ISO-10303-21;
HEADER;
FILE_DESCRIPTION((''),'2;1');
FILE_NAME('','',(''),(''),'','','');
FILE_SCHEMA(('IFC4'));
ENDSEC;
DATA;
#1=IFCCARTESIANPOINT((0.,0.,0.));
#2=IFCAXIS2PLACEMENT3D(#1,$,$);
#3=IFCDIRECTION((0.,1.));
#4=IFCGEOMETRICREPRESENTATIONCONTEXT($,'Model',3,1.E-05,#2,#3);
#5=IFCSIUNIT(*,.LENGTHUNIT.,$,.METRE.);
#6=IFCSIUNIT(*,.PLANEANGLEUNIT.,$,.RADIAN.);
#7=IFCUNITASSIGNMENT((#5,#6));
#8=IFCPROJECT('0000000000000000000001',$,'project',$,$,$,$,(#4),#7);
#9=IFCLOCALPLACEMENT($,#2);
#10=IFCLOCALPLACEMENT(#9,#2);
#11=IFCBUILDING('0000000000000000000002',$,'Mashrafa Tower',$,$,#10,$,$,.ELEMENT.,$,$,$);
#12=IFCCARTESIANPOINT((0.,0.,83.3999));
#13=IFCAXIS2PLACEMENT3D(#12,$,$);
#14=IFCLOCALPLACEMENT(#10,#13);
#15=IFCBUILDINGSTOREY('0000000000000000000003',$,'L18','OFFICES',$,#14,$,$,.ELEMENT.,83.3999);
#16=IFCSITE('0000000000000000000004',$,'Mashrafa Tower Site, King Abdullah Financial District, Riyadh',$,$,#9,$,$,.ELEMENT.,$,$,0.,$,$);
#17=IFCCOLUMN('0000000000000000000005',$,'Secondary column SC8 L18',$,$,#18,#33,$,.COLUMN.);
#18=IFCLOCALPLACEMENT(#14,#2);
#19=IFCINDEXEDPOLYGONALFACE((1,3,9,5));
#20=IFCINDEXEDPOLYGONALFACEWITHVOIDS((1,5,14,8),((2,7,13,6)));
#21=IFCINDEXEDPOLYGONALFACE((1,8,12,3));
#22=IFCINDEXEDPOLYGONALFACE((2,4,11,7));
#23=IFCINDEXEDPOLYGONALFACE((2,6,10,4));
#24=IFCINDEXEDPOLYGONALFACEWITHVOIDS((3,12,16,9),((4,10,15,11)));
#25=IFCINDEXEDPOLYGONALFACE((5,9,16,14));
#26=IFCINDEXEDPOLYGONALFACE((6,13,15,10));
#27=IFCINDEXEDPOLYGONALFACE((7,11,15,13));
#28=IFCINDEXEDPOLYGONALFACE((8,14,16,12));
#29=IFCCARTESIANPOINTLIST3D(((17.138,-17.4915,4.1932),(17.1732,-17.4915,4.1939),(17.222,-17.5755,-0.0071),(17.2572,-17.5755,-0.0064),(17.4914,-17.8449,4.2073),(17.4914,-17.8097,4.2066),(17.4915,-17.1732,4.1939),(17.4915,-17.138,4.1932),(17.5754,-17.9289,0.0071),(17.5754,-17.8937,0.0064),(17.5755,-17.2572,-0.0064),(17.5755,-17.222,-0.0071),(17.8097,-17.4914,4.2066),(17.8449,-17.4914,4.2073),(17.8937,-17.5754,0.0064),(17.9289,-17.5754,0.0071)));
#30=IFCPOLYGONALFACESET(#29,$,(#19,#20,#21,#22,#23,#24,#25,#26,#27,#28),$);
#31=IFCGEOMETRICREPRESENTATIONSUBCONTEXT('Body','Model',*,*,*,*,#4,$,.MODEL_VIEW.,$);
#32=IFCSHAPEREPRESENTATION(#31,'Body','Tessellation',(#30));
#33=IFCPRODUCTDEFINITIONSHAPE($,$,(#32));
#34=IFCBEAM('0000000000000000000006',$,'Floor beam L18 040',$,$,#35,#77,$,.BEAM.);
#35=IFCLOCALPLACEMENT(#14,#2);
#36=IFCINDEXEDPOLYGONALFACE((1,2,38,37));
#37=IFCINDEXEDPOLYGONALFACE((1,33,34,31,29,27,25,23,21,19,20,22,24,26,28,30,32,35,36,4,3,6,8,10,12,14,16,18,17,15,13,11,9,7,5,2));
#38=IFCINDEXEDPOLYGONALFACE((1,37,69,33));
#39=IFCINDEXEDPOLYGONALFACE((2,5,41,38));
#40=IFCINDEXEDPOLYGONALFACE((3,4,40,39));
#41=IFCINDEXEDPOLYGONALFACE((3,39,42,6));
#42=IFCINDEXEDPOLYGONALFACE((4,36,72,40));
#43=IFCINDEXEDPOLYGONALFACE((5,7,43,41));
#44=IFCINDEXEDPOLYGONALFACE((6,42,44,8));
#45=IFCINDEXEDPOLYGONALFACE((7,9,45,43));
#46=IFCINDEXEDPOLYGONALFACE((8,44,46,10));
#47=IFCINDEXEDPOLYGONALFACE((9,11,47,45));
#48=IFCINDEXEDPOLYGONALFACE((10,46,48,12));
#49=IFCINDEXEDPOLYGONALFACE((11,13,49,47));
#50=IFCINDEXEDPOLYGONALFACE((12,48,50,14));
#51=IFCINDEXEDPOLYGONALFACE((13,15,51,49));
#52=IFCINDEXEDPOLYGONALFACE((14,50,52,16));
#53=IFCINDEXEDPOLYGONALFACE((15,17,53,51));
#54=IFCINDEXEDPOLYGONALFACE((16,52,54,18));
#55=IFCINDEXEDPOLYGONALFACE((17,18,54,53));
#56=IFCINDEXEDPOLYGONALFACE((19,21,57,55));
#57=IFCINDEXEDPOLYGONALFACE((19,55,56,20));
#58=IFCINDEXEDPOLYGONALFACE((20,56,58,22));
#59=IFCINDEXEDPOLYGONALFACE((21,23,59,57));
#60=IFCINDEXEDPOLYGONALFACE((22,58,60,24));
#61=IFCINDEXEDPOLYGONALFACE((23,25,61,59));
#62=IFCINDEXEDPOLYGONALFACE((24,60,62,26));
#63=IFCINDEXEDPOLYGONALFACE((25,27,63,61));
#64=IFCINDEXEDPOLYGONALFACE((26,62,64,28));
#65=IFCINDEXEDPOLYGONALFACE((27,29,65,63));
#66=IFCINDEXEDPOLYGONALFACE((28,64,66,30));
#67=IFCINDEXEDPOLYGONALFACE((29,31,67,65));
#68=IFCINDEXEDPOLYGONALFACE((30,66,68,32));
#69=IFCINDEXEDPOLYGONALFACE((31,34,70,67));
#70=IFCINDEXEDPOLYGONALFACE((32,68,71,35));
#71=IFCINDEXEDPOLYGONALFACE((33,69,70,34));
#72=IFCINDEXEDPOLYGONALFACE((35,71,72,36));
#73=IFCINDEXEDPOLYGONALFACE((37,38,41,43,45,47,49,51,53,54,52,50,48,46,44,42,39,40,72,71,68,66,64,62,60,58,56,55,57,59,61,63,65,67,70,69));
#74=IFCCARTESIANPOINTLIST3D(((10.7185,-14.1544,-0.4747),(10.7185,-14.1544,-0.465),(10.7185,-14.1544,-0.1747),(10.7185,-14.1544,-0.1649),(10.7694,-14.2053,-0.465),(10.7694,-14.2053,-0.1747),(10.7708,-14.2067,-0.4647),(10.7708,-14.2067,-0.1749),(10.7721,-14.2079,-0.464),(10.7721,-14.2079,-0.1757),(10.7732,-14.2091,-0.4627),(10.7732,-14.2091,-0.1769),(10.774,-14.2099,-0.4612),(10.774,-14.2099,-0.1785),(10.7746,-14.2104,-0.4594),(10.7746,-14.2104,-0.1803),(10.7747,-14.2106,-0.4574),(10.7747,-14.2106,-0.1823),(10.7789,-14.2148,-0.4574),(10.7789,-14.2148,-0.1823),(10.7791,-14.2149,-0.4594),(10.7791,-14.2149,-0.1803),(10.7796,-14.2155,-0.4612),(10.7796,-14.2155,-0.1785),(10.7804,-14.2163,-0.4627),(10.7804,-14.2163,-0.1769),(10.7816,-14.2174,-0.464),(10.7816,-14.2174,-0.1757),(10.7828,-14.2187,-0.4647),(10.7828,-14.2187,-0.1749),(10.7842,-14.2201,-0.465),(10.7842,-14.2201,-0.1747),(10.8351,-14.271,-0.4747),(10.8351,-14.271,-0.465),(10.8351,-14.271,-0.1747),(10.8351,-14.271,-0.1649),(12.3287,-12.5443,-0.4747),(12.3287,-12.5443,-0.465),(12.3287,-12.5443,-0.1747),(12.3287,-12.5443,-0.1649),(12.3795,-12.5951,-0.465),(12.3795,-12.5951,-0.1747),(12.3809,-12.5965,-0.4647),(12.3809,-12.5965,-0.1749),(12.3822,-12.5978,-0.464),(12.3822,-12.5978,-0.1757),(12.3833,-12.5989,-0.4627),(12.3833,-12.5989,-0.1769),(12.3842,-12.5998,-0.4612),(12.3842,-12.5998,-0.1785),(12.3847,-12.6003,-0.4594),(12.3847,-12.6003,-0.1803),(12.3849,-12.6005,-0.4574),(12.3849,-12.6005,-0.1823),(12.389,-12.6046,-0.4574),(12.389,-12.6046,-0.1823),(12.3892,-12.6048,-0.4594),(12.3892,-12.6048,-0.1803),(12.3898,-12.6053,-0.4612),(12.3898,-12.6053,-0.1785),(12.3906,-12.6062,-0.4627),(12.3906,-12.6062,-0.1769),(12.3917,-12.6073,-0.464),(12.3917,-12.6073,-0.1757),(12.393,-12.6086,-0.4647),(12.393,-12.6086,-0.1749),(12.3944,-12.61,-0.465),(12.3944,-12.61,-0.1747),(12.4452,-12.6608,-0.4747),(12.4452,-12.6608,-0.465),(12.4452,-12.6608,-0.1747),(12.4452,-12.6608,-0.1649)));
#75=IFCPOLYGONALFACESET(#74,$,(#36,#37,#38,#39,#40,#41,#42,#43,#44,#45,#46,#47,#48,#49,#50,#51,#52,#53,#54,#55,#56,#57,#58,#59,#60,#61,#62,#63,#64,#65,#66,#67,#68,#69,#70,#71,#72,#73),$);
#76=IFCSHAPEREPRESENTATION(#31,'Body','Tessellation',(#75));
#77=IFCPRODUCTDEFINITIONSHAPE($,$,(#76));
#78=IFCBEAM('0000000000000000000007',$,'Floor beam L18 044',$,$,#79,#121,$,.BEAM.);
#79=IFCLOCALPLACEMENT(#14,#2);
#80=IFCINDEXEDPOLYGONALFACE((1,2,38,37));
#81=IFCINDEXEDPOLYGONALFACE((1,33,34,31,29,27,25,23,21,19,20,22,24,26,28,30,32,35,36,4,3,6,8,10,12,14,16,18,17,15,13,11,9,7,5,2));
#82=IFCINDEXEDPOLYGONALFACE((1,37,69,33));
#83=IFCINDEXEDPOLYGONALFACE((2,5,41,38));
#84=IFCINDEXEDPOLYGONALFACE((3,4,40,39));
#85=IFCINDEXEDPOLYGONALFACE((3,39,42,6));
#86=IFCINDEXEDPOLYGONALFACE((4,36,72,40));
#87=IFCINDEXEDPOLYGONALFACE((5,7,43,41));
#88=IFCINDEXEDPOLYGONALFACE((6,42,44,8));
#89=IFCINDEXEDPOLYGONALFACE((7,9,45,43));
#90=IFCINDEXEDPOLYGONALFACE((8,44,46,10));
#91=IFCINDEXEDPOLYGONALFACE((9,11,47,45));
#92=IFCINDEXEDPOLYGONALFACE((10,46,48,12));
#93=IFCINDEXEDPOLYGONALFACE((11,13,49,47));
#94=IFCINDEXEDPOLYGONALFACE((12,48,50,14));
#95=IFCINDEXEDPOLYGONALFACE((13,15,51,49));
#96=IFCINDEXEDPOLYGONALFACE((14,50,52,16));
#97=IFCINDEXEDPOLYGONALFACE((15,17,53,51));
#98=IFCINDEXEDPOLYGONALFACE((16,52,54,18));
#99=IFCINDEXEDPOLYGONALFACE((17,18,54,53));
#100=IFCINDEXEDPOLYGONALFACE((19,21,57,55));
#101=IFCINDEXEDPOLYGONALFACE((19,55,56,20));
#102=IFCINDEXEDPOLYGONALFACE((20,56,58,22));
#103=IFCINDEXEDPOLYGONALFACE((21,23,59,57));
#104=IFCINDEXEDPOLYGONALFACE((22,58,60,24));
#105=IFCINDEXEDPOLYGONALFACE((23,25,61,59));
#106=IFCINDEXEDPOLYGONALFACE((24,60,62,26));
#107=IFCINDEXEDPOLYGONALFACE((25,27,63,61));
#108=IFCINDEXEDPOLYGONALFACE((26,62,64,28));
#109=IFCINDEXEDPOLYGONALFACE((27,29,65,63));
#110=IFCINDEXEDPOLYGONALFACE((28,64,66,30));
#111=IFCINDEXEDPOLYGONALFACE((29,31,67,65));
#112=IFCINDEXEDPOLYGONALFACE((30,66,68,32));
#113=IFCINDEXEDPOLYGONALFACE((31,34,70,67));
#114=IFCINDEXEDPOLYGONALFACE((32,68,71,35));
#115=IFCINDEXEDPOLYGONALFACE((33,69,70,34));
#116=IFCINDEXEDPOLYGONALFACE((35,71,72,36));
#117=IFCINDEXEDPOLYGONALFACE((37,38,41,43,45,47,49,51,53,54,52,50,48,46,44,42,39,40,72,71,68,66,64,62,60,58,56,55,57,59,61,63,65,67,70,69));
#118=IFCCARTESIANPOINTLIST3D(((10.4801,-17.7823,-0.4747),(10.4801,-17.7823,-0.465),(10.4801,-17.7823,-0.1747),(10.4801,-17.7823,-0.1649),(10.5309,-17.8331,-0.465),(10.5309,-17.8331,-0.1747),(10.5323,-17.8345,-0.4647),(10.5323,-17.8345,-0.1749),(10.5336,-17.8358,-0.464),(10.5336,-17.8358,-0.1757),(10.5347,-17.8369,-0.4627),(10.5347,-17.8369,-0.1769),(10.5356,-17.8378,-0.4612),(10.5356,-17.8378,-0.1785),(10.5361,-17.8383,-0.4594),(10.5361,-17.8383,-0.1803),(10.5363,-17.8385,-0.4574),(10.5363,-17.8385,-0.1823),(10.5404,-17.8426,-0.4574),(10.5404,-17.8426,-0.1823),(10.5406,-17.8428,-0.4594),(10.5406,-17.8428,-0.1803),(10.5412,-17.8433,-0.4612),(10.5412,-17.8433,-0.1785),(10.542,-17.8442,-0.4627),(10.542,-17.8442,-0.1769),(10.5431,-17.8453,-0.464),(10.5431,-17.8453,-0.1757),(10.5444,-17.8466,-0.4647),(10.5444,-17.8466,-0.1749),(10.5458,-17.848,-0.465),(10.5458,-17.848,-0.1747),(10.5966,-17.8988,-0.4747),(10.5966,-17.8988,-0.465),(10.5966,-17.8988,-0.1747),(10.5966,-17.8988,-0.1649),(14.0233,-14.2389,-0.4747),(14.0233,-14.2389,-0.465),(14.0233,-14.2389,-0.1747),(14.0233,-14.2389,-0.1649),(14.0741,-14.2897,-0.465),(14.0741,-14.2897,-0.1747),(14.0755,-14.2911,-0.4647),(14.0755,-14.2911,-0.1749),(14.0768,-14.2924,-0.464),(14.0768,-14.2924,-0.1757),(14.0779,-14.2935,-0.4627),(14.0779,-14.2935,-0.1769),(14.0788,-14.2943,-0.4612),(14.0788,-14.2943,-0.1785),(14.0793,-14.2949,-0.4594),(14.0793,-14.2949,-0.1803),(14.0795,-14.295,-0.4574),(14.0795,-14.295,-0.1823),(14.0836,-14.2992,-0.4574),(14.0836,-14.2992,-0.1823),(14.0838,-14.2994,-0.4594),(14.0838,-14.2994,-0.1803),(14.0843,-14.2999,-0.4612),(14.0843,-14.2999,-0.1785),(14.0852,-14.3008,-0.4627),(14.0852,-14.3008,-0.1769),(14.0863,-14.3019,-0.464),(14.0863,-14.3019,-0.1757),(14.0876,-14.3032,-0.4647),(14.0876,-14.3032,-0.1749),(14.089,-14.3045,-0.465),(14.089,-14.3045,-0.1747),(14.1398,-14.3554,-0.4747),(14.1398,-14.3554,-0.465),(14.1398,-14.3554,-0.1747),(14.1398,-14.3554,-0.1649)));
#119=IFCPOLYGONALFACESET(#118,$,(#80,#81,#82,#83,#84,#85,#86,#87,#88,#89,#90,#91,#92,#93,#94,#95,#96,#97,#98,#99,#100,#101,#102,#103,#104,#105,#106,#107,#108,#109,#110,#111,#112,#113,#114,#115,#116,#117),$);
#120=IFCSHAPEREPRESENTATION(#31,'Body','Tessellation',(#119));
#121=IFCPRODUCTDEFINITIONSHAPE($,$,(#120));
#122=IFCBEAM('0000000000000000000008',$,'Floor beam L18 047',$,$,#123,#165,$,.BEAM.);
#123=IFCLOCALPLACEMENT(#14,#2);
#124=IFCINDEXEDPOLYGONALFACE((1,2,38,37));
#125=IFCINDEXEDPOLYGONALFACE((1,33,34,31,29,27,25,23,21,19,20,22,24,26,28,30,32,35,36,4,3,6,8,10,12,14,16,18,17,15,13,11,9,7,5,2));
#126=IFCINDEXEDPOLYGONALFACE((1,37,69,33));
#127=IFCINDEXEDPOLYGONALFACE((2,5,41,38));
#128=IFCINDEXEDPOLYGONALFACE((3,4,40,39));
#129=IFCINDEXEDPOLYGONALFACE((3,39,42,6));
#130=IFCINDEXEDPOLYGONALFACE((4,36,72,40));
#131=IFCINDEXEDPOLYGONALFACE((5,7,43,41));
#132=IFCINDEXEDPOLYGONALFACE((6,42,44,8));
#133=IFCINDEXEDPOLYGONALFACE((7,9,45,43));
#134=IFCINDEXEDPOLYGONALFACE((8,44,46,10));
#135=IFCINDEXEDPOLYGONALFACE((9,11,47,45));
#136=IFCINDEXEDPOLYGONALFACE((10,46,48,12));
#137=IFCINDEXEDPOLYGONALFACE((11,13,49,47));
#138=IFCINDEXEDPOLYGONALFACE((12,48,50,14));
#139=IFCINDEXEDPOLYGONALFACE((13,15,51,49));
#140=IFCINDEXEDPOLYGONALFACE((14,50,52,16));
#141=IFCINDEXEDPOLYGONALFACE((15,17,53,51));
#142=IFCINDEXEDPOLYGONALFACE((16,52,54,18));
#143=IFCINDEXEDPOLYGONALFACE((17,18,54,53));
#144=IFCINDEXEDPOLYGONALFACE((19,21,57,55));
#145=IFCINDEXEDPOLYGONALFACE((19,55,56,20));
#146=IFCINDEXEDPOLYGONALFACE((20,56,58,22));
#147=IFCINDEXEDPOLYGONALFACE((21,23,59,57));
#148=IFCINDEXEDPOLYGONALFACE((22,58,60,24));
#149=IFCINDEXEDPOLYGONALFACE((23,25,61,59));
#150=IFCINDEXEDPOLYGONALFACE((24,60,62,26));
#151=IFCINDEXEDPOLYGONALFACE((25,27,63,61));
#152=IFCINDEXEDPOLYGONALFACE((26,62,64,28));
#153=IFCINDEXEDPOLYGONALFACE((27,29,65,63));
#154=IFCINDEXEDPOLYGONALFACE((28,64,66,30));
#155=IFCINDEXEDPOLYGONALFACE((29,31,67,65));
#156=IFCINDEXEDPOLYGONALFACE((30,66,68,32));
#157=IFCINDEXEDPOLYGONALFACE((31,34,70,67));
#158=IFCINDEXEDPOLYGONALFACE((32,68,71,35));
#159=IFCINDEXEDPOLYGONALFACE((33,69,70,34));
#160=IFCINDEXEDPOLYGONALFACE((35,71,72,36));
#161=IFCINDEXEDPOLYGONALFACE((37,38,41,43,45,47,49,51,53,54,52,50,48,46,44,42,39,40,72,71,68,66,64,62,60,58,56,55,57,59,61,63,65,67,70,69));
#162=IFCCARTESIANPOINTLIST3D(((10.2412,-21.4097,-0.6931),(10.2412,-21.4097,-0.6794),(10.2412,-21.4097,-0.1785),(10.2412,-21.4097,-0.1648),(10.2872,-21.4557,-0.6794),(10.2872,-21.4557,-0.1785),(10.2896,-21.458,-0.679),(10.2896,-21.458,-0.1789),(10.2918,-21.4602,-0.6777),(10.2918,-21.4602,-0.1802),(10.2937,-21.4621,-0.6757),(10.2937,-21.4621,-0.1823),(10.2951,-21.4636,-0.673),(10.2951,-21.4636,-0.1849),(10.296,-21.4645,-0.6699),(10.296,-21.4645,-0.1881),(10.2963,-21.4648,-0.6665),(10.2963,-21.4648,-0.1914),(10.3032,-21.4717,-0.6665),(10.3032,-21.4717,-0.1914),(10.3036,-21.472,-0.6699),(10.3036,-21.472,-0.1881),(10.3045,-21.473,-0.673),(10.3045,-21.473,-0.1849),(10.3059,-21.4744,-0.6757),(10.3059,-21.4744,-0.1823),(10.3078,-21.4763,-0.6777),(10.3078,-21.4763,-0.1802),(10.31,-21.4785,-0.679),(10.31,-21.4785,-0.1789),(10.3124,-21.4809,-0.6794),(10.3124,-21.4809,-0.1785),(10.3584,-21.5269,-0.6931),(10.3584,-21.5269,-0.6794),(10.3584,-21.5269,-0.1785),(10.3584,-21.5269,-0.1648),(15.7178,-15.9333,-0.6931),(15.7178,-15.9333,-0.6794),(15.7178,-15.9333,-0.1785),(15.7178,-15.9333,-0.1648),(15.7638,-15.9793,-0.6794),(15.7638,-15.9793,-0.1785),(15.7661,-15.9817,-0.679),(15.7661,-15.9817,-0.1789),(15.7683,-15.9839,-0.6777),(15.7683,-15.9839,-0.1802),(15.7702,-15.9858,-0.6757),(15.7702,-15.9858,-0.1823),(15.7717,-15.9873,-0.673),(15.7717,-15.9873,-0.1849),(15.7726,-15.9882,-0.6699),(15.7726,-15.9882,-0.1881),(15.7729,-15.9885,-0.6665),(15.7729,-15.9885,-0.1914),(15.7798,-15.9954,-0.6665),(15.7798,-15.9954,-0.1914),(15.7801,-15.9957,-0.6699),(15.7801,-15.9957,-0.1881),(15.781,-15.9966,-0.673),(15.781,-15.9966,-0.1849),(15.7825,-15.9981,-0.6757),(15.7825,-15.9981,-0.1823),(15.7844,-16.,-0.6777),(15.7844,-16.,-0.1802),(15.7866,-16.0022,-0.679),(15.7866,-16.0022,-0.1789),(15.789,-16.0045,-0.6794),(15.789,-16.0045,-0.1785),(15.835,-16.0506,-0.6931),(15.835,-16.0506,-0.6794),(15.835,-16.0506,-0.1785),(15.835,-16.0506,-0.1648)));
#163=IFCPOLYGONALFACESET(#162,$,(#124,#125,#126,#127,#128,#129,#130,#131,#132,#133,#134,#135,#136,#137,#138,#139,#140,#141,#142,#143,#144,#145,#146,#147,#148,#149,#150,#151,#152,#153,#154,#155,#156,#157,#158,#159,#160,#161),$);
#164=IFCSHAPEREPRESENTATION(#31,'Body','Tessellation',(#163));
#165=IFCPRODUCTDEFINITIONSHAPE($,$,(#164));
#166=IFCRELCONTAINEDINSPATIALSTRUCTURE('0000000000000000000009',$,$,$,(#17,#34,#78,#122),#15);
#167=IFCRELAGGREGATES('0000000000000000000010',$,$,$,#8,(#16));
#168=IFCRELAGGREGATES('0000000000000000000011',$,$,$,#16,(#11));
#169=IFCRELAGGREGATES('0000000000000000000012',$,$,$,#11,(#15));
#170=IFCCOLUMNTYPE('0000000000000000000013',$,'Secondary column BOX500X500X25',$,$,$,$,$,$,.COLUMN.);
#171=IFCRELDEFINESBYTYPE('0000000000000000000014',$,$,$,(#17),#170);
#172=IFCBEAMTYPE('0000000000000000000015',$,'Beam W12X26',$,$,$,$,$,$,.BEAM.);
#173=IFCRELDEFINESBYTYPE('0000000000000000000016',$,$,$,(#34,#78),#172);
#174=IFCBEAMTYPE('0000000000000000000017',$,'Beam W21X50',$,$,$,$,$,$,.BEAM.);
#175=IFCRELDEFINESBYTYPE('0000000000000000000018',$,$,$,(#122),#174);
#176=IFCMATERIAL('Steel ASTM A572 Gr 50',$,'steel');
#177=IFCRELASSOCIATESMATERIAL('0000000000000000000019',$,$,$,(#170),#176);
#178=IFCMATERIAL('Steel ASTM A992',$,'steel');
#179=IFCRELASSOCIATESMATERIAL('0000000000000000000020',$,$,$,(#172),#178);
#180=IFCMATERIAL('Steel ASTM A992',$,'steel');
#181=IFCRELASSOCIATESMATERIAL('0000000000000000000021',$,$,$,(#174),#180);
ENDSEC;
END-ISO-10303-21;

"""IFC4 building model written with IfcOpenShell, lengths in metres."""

from ifc_helpers import new_model, si_unit, direction, frame, origin, origin_2d, place, context, subcontext, project, spatial, hollow_rectangle, i_section, extrude, material, material_profile, profile_set, type_object, element, save


model = new_model("IFC4")

# Units and contexts
model_context = context("Model", 3, precision=1e-05, world=origin(), true_north=direction((0.0, 1.0)))
body_context = subcontext(model_context, "Body", "Model", "MODEL_VIEW")
ifc_project = project(units=[si_unit("LENGTHUNIT", "METRE"), si_unit("PLANEANGLEUNIT", "RADIAN")], contexts=[model_context])

# Site, building, storey
site_placement = place(None, origin())
site = spatial("IfcSite", under=ifc_project, at=site_placement, Name="Mashrafa Tower Site, King Abdullah Financial District, Riyadh", CompositionType="ELEMENT", RefElevation=0.0)
building_placement = place(site_placement, origin())
building = spatial("IfcBuilding", under=site, at=building_placement, Name="Mashrafa Tower", CompositionType="ELEMENT")
storey_placement = place(building_placement, frame((0.0, 0.0, 83.3999)))
storey = spatial("IfcBuildingStorey", under=building, at=storey_placement, Name="L18", Description="OFFICES", CompositionType="ELEMENT", Elevation=83.3999)

# Column
ifc_material_1 = material(Name="Steel ASTM A572 Gr 50", Category="steel")
ifc_material_profile_1 = material_profile(ifc_material_1, hollow_rectangle(XDim=0.5, YDim=0.5, WallThickness=0.0249, at=origin_2d()), Name="BOX500X500X25")
ifc_profile_set_1 = profile_set([ifc_material_profile_1], Name="Steel ASTM A572 Gr 50")
column_type = type_object("IfcColumnType", Name="Secondary column BOX500X500X25", PredefinedType="COLUMN", material=ifc_profile_set_1)
column_placement = place(storey_placement, frame((17.5754, -17.5754, 0.0), z_axis=(-0.019987, 0.019987, 0.9996), x_axis=(-0.707107, -0.707107, 0.0)))
element("IfcColumn", 1, at=column_placement, inside=storey, type_object=column_type, Name="Secondary column SC8 L18", PredefinedType="COLUMN", context=body_context, shape_type="SweptSolid", body=[
    extrude(hollow_rectangle(XDim=0.5, YDim=0.5, WallThickness=0.0249, at=origin_2d()), origin(), (0.0, 0.0, 1.0), 4.2019),
])

# Beams
ifc_material_2 = material(Name="Steel ASTM A992", Category="steel")
ifc_material_profile_2 = material_profile(ifc_material_2, i_section(OverallWidth=0.1648, OverallDepth=0.3098, WebThickness=0.0059, FlangeThickness=0.0098, FilletRadius=0.0076, at=origin_2d()), Name="W12X26")
ifc_profile_set_2 = profile_set([ifc_material_profile_2], Name="Steel ASTM A992")
beam_type_1 = type_object("IfcBeamType", Name="Beam W12X26", PredefinedType="BEAM", material=ifc_profile_set_2)
beam_1_placement = place(storey_placement, frame((12.387, -12.6025, -0.3198), z_axis=(-0.707107, -0.707107, 0.0), x_axis=(0.707107, -0.707107, 0.0)))
element("IfcBeam", 2, at=beam_1_placement, inside=storey, type_object=beam_type_1, Name="Floor beam L18 040", PredefinedType="BEAM", context=body_context, shape_type="SweptSolid", body=[
    extrude(i_section(OverallWidth=0.1648, OverallDepth=0.3098, WebThickness=0.0059, FlangeThickness=0.0098, FilletRadius=0.0076, at=origin_2d()), origin(), (0.0, 0.0, 1.0), 2.2771),
])
beam_2_placement = place(storey_placement, frame((14.0815, -14.2971, -0.3198), z_axis=(-0.707082, -0.707131, 0.0), x_axis=(0.707131, -0.707082, 0.0)))
element("IfcBeam", 3, at=beam_2_placement, inside=storey, type_object=beam_type_1, Name="Floor beam L18 044", PredefinedType="BEAM", context=body_context, shape_type="SweptSolid", body=[
    extrude(i_section(OverallWidth=0.1648, OverallDepth=0.3098, WebThickness=0.0059, FlangeThickness=0.0098, FilletRadius=0.0076, at=origin_2d()), origin(), (0.0, 0.0, 1.0), 5.011),
])
ifc_material_3 = material(Name="Steel ASTM A992", Category="steel")
ifc_material_profile_3 = material_profile(ifc_material_3, i_section(OverallWidth=0.1658, OverallDepth=0.5283, WebThickness=0.0098, FlangeThickness=0.0137, FilletRadius=0.0129, at=origin_2d()), Name="W21X50")
ifc_profile_set_3 = profile_set([ifc_material_profile_3], Name="Steel ASTM A992")
beam_type_2 = type_object("IfcBeamType", Name="Beam W21X50", PredefinedType="BEAM", material=ifc_profile_set_3)
beam_3_placement = place(storey_placement, frame((15.7764, -15.9919, -0.429), z_axis=(-0.707123, -0.707091, 0.0), x_axis=(0.707091, -0.707123, 0.0)))
element("IfcBeam", 4, at=beam_3_placement, inside=storey, type_object=beam_type_2, Name="Floor beam L18 047", PredefinedType="BEAM", context=body_context, shape_type="SweptSolid", body=[
    extrude(i_section(OverallWidth=0.1658, OverallDepth=0.5283, WebThickness=0.0098, FlangeThickness=0.0137, FilletRadius=0.0129, at=origin_2d()), origin(), (0.0, 0.0, 1.0), 7.7449),
])

save(model, "model.ifc")
